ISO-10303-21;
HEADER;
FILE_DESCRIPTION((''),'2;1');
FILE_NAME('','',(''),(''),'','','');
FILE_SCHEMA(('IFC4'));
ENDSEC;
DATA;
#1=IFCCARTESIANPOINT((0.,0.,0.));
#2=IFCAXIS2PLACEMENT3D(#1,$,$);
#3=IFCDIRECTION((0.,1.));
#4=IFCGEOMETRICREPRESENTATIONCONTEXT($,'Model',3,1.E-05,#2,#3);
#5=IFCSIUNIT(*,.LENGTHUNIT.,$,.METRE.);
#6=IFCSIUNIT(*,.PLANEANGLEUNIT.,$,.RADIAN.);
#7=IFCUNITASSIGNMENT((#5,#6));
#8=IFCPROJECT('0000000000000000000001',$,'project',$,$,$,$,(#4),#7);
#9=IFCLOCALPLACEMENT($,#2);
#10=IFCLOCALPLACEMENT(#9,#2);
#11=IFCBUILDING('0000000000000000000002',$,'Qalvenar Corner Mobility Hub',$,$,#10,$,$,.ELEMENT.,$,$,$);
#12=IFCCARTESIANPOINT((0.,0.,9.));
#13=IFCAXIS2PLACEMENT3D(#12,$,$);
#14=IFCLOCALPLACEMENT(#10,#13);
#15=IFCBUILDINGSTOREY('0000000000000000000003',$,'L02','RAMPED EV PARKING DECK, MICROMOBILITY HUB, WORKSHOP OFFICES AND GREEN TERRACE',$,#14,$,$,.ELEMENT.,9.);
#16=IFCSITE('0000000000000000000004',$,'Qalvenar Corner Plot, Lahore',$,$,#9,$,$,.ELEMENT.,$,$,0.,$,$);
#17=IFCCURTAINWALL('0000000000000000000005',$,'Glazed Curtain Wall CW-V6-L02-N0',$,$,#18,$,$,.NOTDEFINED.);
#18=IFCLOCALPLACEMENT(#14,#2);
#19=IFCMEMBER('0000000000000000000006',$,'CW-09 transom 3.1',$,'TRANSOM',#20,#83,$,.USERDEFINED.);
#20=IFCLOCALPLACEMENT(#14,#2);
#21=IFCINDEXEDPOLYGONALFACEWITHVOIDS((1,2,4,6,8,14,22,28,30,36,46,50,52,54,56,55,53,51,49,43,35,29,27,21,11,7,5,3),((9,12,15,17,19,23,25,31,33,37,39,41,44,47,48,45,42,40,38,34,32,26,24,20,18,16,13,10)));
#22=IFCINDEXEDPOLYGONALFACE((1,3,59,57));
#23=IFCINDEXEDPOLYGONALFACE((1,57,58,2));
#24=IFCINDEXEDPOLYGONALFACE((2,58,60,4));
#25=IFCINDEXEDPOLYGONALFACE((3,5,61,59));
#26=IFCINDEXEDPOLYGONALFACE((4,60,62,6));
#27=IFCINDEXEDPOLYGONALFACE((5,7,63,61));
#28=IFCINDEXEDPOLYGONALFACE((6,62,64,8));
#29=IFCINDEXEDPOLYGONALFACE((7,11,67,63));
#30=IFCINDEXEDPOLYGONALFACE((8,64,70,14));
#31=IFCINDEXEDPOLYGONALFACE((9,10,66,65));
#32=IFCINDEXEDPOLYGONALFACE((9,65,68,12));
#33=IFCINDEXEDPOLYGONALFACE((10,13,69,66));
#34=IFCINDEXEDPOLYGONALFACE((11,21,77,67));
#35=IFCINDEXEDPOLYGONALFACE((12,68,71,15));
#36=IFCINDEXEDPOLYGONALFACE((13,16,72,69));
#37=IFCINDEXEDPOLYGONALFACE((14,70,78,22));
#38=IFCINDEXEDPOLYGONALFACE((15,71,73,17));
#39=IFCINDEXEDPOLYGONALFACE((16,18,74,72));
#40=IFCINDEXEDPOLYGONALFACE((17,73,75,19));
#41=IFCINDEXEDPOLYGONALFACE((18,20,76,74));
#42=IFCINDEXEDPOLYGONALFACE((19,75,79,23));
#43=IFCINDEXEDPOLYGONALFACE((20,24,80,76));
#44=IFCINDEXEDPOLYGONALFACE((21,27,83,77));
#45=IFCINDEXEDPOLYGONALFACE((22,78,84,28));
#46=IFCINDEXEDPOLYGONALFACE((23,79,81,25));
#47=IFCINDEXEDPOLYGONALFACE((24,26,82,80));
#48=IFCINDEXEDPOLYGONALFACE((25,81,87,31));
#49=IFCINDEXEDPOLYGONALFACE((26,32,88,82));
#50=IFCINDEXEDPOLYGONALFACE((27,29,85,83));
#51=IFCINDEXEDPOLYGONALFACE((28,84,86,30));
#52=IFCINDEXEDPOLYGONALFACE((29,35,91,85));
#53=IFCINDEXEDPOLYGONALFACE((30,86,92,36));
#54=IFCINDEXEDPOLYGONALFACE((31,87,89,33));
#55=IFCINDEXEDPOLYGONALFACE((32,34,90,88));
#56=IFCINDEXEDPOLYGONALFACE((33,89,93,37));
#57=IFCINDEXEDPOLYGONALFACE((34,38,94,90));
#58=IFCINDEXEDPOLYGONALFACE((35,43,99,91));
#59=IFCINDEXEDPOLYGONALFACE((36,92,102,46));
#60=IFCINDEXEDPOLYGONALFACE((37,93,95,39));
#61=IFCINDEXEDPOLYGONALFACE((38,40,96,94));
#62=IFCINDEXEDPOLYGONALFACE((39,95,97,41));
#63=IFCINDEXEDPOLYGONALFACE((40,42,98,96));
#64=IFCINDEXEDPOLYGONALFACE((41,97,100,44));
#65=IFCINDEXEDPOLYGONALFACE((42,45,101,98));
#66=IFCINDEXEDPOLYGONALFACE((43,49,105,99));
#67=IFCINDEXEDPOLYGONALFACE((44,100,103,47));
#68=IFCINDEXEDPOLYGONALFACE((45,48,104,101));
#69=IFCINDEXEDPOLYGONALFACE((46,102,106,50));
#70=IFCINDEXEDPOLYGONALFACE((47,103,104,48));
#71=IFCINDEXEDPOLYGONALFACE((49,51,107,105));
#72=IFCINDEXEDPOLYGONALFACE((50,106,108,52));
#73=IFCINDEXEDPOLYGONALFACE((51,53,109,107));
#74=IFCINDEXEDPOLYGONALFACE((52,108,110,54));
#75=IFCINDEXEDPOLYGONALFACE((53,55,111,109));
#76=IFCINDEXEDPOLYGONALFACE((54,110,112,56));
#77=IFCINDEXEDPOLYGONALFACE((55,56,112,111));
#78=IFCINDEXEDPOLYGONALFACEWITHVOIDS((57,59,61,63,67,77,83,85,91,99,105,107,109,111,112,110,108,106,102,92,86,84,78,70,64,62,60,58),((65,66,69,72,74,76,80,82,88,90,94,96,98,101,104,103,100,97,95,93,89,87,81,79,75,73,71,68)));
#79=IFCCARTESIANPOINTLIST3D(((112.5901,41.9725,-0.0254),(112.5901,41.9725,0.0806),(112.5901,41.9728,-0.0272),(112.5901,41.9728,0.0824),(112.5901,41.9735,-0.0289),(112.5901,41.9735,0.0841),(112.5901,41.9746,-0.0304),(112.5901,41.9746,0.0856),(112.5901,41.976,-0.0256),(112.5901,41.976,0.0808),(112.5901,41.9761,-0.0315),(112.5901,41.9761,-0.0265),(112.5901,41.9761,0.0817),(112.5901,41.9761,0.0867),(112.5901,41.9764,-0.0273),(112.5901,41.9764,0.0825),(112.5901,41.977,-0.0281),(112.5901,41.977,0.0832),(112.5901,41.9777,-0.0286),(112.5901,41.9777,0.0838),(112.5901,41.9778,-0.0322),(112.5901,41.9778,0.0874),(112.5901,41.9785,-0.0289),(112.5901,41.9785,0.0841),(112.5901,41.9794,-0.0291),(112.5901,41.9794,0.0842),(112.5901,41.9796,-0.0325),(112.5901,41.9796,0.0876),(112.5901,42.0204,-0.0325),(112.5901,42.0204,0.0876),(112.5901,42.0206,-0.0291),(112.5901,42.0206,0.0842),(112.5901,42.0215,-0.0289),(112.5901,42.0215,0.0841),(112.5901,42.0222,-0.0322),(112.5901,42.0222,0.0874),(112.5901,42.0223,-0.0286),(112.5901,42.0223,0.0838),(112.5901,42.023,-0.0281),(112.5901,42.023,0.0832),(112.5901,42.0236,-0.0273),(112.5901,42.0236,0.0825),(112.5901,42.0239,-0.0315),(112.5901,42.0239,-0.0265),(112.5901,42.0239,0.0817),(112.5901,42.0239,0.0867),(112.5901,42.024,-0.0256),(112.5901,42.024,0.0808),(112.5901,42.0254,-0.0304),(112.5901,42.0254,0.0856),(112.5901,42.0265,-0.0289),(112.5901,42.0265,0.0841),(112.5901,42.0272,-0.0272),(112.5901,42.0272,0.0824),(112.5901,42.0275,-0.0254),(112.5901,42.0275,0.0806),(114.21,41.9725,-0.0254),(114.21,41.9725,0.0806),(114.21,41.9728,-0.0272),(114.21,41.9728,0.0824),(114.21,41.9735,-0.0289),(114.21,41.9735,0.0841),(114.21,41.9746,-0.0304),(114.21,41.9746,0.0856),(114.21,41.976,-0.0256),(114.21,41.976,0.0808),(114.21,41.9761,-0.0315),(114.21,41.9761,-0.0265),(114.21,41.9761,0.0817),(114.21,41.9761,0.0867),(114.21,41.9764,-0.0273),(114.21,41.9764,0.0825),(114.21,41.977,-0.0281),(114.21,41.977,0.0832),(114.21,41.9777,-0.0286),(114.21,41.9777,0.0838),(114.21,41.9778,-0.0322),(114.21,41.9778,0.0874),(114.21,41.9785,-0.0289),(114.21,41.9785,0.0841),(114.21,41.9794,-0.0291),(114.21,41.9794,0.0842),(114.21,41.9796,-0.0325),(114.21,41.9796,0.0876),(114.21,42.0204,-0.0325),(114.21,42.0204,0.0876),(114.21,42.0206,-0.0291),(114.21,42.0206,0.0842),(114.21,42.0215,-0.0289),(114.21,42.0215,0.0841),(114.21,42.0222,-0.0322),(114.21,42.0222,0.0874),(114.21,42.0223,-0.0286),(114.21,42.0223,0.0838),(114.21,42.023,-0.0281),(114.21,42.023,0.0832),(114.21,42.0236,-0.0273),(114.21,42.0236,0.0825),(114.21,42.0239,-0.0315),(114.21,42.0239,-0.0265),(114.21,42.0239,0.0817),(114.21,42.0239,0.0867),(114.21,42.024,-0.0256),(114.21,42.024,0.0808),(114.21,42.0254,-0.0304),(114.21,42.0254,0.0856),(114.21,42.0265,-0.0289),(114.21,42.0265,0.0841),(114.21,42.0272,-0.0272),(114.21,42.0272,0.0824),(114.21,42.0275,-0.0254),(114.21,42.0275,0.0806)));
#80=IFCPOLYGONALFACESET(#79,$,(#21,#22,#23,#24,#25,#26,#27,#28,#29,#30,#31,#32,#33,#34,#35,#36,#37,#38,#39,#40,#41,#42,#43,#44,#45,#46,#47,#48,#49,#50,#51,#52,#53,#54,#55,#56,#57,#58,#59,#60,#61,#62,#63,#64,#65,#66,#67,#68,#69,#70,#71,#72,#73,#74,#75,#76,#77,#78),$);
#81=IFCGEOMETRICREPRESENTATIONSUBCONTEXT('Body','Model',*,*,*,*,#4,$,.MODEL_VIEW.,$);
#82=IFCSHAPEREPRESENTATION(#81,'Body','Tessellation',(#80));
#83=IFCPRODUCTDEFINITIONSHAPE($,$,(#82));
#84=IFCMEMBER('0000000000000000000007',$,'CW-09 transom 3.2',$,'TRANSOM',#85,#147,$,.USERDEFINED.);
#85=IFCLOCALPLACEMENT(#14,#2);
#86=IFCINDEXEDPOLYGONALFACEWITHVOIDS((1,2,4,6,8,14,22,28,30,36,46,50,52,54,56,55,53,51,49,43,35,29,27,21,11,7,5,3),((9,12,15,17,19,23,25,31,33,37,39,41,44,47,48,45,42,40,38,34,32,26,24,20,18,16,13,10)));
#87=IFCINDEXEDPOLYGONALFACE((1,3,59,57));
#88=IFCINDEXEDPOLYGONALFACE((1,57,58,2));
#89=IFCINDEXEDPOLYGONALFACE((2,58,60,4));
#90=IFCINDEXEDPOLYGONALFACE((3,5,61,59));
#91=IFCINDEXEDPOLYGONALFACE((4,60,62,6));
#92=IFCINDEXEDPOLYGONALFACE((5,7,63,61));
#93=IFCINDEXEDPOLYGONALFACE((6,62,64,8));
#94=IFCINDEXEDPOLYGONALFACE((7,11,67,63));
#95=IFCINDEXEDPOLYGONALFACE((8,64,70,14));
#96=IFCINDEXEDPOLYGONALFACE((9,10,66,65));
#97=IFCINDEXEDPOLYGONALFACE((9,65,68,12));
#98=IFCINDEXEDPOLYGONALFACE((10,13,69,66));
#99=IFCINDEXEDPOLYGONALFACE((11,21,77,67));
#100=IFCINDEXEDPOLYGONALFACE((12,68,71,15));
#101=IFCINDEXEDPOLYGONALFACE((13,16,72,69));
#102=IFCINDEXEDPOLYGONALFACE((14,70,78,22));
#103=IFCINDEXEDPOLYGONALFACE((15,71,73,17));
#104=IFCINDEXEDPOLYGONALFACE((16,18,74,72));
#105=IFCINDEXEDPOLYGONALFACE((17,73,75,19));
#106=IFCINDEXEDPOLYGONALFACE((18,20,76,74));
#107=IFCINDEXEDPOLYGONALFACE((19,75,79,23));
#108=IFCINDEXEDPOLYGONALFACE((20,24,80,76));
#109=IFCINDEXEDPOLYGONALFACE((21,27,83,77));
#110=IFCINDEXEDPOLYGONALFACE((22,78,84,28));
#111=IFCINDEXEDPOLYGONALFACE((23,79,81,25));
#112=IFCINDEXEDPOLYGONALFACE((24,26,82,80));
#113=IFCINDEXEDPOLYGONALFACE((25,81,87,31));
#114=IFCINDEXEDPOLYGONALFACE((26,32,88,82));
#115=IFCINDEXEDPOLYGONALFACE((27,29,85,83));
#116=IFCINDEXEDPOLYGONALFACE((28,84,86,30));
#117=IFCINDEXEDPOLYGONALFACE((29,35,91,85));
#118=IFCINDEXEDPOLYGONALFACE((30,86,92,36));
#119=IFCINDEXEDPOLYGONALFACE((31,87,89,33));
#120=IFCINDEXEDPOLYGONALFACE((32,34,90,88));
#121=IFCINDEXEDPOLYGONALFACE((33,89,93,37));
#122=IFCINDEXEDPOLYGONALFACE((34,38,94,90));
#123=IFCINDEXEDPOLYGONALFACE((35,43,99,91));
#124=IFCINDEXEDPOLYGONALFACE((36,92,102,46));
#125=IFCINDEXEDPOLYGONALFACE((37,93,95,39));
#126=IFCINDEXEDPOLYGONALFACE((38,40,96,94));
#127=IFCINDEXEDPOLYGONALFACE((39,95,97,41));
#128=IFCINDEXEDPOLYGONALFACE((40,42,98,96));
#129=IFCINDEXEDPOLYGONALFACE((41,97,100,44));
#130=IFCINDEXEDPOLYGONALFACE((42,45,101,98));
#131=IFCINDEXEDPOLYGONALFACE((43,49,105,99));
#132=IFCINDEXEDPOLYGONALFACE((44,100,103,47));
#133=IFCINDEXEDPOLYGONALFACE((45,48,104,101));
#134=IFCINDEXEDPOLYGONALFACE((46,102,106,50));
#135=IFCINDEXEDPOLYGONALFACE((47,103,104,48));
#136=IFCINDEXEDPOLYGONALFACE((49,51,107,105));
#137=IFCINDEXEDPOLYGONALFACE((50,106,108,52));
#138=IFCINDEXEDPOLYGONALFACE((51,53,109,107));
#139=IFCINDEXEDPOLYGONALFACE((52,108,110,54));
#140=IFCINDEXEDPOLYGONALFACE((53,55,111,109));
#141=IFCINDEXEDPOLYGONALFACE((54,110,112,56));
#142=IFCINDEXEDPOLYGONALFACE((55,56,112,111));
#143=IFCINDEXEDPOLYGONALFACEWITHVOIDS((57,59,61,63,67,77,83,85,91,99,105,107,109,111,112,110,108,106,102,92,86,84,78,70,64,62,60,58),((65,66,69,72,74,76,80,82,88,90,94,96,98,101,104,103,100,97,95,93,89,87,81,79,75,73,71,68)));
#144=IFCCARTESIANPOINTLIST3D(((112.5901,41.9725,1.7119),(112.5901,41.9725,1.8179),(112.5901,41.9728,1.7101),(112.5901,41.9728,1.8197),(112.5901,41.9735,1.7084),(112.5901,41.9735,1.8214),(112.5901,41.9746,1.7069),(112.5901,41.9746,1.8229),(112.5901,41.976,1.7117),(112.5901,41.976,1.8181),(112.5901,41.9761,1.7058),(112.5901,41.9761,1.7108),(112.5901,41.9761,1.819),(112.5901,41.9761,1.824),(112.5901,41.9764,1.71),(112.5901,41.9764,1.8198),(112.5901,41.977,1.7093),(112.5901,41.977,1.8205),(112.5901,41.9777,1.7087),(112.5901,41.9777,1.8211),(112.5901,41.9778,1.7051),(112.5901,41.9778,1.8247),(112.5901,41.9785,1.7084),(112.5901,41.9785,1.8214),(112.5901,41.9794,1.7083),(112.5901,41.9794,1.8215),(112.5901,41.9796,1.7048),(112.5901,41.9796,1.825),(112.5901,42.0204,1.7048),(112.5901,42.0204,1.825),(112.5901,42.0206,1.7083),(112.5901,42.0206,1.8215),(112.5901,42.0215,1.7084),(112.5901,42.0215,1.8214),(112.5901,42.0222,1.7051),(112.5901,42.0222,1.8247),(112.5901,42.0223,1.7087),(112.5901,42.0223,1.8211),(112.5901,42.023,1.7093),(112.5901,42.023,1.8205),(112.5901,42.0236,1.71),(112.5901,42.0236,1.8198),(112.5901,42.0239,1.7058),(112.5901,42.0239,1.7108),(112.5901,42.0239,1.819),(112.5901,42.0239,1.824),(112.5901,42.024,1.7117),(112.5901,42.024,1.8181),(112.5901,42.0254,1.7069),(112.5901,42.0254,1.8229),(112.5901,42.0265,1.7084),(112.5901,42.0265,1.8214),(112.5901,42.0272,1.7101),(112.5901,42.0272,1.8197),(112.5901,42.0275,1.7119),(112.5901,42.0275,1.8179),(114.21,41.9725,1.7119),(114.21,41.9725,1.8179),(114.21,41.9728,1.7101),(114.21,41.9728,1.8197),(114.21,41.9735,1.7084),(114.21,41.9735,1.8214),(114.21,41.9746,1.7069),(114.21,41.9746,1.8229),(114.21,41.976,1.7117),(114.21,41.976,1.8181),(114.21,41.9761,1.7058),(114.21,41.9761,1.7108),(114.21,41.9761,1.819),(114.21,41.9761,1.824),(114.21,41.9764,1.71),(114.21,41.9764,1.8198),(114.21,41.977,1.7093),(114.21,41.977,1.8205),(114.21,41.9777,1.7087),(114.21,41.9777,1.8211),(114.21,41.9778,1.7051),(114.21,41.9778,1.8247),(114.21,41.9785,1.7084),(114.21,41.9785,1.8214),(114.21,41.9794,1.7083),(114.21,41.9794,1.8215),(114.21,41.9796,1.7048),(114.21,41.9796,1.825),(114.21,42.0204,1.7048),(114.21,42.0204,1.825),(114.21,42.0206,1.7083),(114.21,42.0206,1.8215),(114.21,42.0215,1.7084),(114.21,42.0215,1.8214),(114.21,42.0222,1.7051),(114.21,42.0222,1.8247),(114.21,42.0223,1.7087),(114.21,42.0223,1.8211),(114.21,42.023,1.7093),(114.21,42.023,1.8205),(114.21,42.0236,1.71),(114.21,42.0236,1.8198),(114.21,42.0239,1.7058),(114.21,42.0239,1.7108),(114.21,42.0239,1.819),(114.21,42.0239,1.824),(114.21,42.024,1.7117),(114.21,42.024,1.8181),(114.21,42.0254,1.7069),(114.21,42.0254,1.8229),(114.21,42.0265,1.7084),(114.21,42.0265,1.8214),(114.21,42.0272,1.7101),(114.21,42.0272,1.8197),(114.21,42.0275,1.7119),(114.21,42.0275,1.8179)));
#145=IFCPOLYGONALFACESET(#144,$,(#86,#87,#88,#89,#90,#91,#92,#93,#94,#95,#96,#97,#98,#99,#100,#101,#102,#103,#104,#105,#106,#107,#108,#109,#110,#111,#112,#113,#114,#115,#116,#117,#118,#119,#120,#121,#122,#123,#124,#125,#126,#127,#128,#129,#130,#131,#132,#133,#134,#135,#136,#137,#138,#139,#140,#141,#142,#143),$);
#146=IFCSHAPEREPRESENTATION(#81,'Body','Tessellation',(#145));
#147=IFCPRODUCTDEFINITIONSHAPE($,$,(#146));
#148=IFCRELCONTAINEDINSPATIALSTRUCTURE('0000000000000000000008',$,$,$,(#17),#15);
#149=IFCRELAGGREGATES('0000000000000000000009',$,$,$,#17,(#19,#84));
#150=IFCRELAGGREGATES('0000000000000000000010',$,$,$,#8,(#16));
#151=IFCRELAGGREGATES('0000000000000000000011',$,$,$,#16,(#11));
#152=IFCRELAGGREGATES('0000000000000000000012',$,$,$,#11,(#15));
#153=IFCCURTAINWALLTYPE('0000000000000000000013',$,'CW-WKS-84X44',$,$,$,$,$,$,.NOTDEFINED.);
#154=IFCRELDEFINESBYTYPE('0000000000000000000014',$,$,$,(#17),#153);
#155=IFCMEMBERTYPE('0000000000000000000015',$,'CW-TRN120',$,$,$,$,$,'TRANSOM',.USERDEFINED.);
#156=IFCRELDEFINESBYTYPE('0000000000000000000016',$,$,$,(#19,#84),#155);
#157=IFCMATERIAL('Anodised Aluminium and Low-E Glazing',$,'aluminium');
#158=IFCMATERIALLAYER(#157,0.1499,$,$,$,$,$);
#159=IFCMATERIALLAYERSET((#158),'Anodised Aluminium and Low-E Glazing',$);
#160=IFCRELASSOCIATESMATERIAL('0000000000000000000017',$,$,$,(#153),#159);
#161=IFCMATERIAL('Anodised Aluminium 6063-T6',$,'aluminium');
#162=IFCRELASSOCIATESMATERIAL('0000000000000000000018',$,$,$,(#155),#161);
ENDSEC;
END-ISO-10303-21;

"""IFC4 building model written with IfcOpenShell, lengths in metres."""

from ifc_helpers import new_model, si_unit, direction, frame, origin, origin_2d, place, context, subcontext, project, spatial, hollow_rectangle, extrude, material, layer, layer_set, material_profile, profile_set, type_object, element, aggregate, save


model = new_model("IFC4")

# Units and contexts
model_context = context("Model", 3, precision=1e-05, world=origin(), true_north=direction((0.0, 1.0)))
body_context = subcontext(model_context, "Body", "Model", "MODEL_VIEW")
ifc_project = project(units=[si_unit("LENGTHUNIT", "METRE"), si_unit("PLANEANGLEUNIT", "RADIAN")], contexts=[model_context])

# Site, building, storey
site_placement = place(None, origin())
site = spatial("IfcSite", under=ifc_project, at=site_placement, Name="Qalvenar Corner Plot, Lahore", CompositionType="ELEMENT", RefElevation=0.0)
building_placement = place(site_placement, origin())
building = spatial("IfcBuilding", under=site, at=building_placement, Name="Qalvenar Corner Mobility Hub", CompositionType="ELEMENT")
storey_placement = place(building_placement, frame((0.0, 0.0, 9.0)))
storey = spatial("IfcBuildingStorey", under=building, at=storey_placement, Name="L02", Description="RAMPED EV PARKING DECK, MICROMOBILITY HUB, WORKSHOP OFFICES AND GREEN TERRACE", CompositionType="ELEMENT", Elevation=9.0)

# Curtain wall
ifc_material_1 = material(Name="Anodised Aluminium and Low-E Glazing", Category="aluminium")
ifc_layer_1 = layer(ifc_material_1, 0.1499)
ifc_layer_set_1 = layer_set([ifc_layer_1], Name="Anodised Aluminium and Low-E Glazing")
curtain_wall_type = type_object("IfcCurtainWallType", Name="CW-WKS-84X44", PredefinedType="NOTDEFINED", material=ifc_layer_set_1)
curtain_wall_1_placement = place(storey_placement, origin())
curtain_wall_1 = element("IfcCurtainWall", 1, at=curtain_wall_1_placement, inside=storey, type_object=curtain_wall_type, Name="Glazed Curtain Wall CW-V6-L02-N0", PredefinedType="NOTDEFINED")
ifc_material_2 = material(Name="Anodised Aluminium 6063-T6", Category="aluminium")

# Members
ifc_material_profile_1 = material_profile(ifc_material_2, hollow_rectangle(XDim=0.0549, YDim=0.1201, WallThickness=0.0034, InnerFilletRadius=0.0034, OuterFilletRadius=0.0071, at=origin_2d()), Name="RHS120x55x3.5")
ifc_profile_set_1 = profile_set([ifc_material_profile_1], Name="Anodised Aluminium 6063-T6")
member_type_1 = type_object("IfcMemberType", Name="CW-TRN120", ElementType="TRANSOM", PredefinedType="USERDEFINED", material=ifc_profile_set_1)
member_1_placement = place(storey_placement, frame((114.21, 42.0, 0.0276), z_axis=(-1.0, 0.0, 0.0), x_axis=(0.0, -1.0, 0.0)))
member_1 = element("IfcMember", 2, at=member_1_placement, type_object=member_type_1, Name="CW-09 transom 3.1", ObjectType="TRANSOM", PredefinedType="USERDEFINED", context=body_context, shape_type="SweptSolid", body=[
    extrude(hollow_rectangle(XDim=0.0549, YDim=0.1201, WallThickness=0.0034, InnerFilletRadius=0.0034, OuterFilletRadius=0.0071, at=origin_2d()), origin(), (0.0, 0.0, 1.0), 1.6199),
])
member_2_placement = place(storey_placement, frame((114.21, 42.0, 1.7649), z_axis=(-1.0, 0.0, 0.0), x_axis=(0.0, -1.0, 0.0)))
member_2 = element("IfcMember", 3, at=member_2_placement, type_object=member_type_1, Name="CW-09 transom 3.2", ObjectType="TRANSOM", PredefinedType="USERDEFINED", context=body_context, shape_type="SweptSolid", body=[
    extrude(hollow_rectangle(XDim=0.0549, YDim=0.1201, WallThickness=0.0034, InnerFilletRadius=0.0034, OuterFilletRadius=0.0071, at=origin_2d()), origin(), (0.0, 0.0, 1.0), 1.6199),
])

aggregate(curtain_wall_1, [member_1, member_2])

save(model, "model.ifc")
